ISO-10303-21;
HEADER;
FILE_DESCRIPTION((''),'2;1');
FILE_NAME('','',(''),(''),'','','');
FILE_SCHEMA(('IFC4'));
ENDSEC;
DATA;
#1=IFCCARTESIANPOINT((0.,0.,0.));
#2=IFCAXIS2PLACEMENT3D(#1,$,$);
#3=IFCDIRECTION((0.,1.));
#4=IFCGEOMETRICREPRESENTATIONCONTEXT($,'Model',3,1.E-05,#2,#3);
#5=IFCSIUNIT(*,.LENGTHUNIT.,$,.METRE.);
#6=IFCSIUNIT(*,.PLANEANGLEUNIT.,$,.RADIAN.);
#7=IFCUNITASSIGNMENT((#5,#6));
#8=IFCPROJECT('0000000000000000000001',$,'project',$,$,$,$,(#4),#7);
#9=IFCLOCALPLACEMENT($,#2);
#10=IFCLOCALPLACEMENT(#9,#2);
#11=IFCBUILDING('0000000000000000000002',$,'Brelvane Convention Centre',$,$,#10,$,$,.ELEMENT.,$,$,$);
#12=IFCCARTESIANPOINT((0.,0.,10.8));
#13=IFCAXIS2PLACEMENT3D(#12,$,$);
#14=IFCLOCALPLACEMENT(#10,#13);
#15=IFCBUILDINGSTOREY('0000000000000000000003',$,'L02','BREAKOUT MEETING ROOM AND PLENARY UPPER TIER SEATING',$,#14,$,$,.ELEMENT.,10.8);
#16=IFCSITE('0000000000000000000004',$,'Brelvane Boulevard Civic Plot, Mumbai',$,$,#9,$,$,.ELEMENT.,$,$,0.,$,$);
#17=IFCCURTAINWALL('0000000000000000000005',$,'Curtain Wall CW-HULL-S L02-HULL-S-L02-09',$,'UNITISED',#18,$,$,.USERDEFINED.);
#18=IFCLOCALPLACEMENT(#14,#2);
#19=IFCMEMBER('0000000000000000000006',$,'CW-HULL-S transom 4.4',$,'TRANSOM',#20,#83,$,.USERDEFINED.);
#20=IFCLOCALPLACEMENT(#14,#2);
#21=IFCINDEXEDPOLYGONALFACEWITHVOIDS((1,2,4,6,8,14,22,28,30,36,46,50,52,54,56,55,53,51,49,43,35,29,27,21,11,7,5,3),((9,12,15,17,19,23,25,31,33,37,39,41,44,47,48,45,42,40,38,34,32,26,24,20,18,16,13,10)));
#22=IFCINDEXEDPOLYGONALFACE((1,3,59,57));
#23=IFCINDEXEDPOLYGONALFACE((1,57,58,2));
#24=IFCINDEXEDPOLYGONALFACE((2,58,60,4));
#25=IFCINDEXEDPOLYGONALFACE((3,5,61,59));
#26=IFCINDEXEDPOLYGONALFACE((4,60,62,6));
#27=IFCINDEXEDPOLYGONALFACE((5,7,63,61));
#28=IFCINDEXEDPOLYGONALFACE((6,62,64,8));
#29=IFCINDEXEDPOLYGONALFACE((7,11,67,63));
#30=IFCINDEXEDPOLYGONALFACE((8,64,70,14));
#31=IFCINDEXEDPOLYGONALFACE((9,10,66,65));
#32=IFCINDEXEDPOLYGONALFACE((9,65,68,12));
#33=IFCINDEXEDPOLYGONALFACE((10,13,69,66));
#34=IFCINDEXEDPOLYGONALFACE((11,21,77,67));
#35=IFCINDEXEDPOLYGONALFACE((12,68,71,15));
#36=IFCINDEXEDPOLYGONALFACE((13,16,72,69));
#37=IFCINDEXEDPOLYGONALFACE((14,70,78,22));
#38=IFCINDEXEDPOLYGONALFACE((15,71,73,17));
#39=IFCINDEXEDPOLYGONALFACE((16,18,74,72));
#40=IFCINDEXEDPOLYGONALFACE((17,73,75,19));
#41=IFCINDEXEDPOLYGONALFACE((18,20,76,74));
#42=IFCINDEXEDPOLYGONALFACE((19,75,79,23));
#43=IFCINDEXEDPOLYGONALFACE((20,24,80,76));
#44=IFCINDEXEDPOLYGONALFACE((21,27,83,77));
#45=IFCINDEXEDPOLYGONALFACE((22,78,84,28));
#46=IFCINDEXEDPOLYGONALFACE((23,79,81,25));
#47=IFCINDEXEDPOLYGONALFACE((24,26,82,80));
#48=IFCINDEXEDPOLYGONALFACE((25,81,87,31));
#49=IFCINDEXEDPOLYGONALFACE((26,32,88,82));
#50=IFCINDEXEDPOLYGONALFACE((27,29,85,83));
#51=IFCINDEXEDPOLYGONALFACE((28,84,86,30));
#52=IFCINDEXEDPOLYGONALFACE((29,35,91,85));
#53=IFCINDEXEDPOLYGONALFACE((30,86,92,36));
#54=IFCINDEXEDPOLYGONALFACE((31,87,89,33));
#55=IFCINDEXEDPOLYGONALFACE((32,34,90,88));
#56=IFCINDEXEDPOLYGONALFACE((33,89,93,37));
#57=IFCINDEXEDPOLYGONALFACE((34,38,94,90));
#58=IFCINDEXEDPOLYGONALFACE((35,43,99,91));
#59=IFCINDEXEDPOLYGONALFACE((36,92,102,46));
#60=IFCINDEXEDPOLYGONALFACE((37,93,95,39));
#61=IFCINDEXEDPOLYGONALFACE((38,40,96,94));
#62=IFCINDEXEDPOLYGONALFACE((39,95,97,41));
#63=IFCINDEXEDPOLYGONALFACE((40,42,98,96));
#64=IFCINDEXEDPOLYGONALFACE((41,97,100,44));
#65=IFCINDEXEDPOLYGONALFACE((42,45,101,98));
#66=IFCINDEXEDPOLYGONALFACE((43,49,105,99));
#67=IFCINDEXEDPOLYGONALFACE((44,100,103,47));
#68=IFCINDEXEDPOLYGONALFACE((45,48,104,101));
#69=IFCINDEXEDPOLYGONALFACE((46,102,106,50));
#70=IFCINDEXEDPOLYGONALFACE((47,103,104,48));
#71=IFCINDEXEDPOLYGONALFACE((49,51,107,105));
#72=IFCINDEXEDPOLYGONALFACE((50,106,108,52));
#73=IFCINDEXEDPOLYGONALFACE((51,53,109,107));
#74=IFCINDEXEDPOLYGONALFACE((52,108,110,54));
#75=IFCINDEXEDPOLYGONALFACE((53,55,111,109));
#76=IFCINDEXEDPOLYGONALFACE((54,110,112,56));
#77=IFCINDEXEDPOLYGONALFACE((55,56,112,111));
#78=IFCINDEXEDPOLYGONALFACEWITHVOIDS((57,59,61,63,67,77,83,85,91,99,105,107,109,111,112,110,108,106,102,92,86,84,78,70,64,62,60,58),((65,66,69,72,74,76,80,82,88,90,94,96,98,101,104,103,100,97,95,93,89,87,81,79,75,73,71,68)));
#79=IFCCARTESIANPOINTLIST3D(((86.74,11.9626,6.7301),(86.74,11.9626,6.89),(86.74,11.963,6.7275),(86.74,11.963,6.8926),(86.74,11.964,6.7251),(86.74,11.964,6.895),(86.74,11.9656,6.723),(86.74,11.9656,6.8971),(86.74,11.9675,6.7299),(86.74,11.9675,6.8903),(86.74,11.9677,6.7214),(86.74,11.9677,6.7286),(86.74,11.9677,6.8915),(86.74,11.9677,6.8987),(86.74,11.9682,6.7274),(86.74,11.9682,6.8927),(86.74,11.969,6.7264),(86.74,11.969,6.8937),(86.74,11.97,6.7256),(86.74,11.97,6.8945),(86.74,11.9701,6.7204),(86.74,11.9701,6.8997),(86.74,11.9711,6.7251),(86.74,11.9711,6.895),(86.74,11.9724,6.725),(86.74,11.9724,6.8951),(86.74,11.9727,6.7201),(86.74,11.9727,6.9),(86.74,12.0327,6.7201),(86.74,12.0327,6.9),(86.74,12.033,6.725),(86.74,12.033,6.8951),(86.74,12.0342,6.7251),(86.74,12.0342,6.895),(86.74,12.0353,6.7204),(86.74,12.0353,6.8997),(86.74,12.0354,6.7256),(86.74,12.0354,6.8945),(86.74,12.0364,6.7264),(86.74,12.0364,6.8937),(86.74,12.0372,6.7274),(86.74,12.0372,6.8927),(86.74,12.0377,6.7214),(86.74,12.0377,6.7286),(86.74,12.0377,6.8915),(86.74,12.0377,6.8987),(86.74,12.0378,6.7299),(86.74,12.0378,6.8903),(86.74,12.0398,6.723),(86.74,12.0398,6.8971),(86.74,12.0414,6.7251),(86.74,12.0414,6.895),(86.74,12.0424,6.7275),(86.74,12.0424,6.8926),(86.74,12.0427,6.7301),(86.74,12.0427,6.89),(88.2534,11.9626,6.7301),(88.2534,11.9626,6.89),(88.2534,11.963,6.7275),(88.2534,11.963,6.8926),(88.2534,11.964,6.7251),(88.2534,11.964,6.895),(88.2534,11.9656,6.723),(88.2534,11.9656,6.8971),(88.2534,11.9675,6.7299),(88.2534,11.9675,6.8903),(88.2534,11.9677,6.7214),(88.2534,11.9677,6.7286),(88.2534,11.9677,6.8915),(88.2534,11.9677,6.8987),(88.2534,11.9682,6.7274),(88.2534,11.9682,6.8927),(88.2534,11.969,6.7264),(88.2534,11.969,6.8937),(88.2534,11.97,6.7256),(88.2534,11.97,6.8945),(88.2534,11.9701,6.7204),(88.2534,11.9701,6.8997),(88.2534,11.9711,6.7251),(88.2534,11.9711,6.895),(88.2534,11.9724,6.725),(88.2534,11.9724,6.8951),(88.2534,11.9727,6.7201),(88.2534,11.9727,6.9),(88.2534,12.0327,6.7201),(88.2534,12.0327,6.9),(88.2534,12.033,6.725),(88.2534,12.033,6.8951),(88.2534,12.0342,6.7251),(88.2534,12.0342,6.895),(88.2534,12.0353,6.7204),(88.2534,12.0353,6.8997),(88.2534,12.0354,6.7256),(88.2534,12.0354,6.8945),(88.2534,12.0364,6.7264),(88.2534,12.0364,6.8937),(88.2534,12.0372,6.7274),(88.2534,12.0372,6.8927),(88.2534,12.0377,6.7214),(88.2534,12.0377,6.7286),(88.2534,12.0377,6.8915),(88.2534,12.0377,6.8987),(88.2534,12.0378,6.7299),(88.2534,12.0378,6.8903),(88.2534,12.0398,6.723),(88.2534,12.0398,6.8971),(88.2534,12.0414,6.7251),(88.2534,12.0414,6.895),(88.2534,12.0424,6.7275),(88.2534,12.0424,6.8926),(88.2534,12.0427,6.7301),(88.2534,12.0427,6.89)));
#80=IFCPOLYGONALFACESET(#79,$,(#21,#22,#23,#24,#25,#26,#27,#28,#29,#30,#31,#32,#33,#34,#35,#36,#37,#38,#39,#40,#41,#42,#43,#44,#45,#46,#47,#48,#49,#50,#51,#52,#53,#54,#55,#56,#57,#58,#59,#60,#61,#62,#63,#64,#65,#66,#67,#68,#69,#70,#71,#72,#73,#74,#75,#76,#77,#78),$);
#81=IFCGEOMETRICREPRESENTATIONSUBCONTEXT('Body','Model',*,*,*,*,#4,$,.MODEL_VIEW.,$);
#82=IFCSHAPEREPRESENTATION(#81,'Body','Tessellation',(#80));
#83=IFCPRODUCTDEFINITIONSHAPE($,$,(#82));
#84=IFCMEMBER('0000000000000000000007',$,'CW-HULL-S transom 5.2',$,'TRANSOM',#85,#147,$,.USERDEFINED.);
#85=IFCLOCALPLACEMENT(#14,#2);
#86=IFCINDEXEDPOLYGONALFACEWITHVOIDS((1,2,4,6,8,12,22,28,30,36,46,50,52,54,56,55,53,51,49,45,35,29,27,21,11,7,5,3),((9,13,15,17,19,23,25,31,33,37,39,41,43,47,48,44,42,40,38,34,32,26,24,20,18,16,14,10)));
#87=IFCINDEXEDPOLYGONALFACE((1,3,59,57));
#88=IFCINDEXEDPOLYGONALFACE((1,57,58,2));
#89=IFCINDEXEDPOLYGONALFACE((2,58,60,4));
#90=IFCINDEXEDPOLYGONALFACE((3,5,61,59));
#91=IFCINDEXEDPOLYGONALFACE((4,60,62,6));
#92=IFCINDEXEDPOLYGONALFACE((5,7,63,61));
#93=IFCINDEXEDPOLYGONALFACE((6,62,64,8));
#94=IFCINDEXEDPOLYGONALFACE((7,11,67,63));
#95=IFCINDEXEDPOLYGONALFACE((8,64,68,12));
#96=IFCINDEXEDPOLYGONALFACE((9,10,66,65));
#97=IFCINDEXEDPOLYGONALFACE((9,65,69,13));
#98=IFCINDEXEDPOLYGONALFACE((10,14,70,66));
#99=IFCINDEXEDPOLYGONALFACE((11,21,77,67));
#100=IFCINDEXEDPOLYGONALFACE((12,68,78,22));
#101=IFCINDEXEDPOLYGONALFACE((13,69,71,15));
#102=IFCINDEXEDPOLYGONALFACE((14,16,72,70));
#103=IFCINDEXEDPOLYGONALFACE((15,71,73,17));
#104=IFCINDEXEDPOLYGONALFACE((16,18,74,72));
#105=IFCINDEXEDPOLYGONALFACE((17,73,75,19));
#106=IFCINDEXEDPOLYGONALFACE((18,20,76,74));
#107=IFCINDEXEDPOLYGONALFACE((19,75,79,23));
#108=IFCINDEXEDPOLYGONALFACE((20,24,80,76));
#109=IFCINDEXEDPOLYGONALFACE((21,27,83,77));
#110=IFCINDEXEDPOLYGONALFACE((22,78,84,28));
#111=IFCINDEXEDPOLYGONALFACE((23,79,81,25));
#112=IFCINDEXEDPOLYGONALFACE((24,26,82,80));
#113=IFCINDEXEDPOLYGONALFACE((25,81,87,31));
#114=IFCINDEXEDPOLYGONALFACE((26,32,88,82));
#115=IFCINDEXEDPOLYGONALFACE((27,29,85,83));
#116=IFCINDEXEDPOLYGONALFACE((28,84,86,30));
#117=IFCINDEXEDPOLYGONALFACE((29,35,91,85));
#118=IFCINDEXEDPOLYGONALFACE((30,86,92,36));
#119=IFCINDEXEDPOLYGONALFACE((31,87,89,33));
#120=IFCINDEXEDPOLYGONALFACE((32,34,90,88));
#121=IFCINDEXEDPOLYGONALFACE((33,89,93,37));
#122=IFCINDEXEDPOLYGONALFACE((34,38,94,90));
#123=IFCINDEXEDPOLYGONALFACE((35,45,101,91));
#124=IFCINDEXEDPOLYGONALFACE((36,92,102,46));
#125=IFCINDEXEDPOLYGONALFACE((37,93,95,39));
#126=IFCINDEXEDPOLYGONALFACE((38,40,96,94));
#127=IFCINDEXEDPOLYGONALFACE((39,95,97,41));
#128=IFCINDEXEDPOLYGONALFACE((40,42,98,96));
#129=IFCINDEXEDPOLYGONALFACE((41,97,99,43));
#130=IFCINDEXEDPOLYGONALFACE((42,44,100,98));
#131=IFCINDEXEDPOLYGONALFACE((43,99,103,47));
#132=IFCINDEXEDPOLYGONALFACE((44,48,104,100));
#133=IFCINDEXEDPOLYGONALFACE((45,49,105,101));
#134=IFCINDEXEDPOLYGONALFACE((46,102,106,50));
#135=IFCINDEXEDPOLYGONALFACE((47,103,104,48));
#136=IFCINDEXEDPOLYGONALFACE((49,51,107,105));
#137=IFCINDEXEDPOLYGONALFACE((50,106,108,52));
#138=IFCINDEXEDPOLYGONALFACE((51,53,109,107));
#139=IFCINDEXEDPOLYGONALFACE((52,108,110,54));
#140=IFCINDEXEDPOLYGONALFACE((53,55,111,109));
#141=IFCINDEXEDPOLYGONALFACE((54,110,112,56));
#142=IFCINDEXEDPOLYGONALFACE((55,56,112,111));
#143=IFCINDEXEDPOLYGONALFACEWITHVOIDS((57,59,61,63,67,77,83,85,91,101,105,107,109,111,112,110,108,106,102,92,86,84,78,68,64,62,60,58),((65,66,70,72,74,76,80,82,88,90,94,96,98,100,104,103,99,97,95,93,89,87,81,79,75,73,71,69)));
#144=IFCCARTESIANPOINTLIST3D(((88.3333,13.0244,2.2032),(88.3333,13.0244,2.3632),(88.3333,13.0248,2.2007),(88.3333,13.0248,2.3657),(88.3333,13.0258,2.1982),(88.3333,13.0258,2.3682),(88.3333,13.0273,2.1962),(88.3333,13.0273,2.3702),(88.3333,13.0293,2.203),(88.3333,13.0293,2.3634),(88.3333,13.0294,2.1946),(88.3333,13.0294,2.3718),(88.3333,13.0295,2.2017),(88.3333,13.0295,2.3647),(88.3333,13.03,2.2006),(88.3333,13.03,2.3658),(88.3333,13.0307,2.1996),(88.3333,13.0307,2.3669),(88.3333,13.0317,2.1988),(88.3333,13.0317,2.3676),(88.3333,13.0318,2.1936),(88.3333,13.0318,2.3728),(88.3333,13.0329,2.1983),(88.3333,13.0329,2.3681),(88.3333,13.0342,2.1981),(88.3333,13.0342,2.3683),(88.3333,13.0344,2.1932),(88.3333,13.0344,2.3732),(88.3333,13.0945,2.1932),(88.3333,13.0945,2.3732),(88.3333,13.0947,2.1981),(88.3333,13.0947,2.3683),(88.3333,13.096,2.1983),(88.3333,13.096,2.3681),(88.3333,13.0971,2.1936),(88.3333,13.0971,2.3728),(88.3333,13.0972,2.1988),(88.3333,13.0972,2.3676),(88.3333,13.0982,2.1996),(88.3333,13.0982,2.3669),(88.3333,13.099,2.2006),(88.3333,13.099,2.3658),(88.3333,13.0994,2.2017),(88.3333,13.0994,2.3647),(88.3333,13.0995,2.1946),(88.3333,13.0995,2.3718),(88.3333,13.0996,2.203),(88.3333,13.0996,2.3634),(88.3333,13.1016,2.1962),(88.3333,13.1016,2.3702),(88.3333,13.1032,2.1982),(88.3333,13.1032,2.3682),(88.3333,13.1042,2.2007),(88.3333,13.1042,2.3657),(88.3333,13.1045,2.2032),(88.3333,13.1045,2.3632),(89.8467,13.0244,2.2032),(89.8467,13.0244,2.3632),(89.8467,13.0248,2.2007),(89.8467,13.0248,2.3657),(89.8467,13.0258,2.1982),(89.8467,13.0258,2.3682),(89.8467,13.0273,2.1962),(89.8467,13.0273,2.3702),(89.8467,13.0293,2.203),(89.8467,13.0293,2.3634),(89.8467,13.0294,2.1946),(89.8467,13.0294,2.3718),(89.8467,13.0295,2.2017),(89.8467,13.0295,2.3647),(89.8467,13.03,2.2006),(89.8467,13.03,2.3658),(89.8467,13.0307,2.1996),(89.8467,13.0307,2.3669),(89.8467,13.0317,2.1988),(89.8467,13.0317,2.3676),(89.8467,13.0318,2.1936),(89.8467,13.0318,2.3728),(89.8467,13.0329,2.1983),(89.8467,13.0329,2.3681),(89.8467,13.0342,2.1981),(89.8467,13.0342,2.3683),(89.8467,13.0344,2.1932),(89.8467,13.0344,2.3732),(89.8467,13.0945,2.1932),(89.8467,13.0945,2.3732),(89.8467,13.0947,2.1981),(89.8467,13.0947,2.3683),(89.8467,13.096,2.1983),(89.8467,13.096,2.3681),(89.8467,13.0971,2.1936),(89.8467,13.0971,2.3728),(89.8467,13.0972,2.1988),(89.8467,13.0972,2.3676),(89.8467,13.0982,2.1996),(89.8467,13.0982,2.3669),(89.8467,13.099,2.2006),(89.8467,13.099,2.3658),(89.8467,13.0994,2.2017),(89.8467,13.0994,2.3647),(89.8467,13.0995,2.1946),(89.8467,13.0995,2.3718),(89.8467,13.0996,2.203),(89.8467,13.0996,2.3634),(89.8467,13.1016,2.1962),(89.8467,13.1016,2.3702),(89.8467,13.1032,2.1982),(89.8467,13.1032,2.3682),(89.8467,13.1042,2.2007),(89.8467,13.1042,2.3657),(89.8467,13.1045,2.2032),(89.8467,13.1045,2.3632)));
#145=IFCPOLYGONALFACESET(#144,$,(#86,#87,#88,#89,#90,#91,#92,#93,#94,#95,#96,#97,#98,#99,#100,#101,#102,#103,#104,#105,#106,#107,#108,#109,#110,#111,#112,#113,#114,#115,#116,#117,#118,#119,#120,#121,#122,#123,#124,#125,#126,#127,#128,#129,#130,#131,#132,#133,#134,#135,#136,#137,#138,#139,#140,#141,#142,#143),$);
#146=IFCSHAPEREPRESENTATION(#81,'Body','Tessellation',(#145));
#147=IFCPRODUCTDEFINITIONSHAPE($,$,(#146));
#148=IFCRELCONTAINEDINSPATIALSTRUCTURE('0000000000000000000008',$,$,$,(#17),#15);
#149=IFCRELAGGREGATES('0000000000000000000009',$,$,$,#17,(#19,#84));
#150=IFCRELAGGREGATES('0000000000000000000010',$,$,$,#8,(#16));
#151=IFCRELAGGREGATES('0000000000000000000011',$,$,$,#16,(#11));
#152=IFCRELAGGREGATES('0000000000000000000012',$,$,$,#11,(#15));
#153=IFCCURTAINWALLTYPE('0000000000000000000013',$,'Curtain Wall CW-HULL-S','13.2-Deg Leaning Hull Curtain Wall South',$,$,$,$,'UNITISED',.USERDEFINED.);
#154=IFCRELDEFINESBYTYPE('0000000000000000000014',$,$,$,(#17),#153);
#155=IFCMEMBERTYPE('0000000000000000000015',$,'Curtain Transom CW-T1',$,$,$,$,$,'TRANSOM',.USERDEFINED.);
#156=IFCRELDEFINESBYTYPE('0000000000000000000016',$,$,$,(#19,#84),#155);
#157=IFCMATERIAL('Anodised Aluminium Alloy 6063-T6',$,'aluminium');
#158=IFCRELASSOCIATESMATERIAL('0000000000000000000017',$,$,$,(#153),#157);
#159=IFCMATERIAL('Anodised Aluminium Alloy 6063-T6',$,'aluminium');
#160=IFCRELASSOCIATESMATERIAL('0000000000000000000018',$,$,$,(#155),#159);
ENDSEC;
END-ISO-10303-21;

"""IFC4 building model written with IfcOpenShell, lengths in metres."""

from ifc_helpers import new_model, si_unit, direction, frame, origin, origin_2d, place, context, subcontext, project, spatial, hollow_rectangle, extrude, material, material_profile, profile_set, type_object, element, aggregate, save


model = new_model("IFC4")

# Units and contexts
model_context = context("Model", 3, precision=1e-05, world=origin(), true_north=direction((0.0, 1.0)))
body_context = subcontext(model_context, "Body", "Model", "MODEL_VIEW")
ifc_project = project(units=[si_unit("LENGTHUNIT", "METRE"), si_unit("PLANEANGLEUNIT", "RADIAN")], contexts=[model_context])

# Site, building, storey
site_placement = place(None, origin())
site = spatial("IfcSite", under=ifc_project, at=site_placement, Name="Brelvane Boulevard Civic Plot, Mumbai", CompositionType="ELEMENT", RefElevation=0.0)
building_placement = place(site_placement, origin())
building = spatial("IfcBuilding", under=site, at=building_placement, Name="Brelvane Convention Centre", CompositionType="ELEMENT")
storey_placement = place(building_placement, frame((0.0, 0.0, 10.8)))
storey = spatial("IfcBuildingStorey", under=building, at=storey_placement, Name="L02", Description="BREAKOUT MEETING ROOM AND PLENARY UPPER TIER SEATING", CompositionType="ELEMENT", Elevation=10.8)

# Curtain wall, members
ifc_material_1 = material(Name="Anodised Aluminium Alloy 6063-T6", Category="aluminium")
curtain_wall_type = type_object("IfcCurtainWallType", Name="Curtain Wall CW-HULL-S", Description="13.2-Deg Leaning Hull Curtain Wall South", ElementType="UNITISED", PredefinedType="USERDEFINED", material=ifc_material_1)
curtain_wall_1_placement = place(storey_placement, origin())
curtain_wall_1 = element("IfcCurtainWall", 1, at=curtain_wall_1_placement, inside=storey, type_object=curtain_wall_type, Name="Curtain Wall CW-HULL-S L02-HULL-S-L02-09", ObjectType="UNITISED", PredefinedType="USERDEFINED")
ifc_material_2 = material(Name="Anodised Aluminium Alloy 6063-T6", Category="aluminium")
ifc_material_profile = material_profile(ifc_material_2, hollow_rectangle(XDim=0.0801, YDim=0.1799, WallThickness=0.0049, InnerFilletRadius=0.0049, OuterFilletRadius=0.01, at=origin_2d()), Name="ALU-T 180x80x5.0")
ifc_profile_set = profile_set([ifc_material_profile], Name="Anodised Aluminium Alloy 6063-T6")
member_type = type_object("IfcMemberType", Name="Curtain Transom CW-T1", ElementType="TRANSOM", PredefinedType="USERDEFINED", material=ifc_profile_set)
member_1_placement = place(storey_placement, frame((86.74, 12.0027, 6.8101), z_axis=(1.0, 0.0, 0.0), x_axis=(0.0, 1.0, 0.0)))
member_1 = element("IfcMember", 2, at=member_1_placement, type_object=member_type, Name="CW-HULL-S transom 4.4", ObjectType="TRANSOM", PredefinedType="USERDEFINED", context=body_context, shape_type="SweptSolid", body=[
    extrude(hollow_rectangle(XDim=0.0801, YDim=0.1799, WallThickness=0.0049, InnerFilletRadius=0.0049, OuterFilletRadius=0.01, at=origin_2d()), origin(), (0.0, 0.0, 1.0), 1.5134),
])
member_2_placement = place(storey_placement, frame((88.3333, 13.0645, 2.2832), z_axis=(1.0, 0.0, 0.0), x_axis=(0.0, 1.0, 0.0)))
member_2 = element("IfcMember", 3, at=member_2_placement, type_object=member_type, Name="CW-HULL-S transom 5.2", ObjectType="TRANSOM", PredefinedType="USERDEFINED", context=body_context, shape_type="SweptSolid", body=[
    extrude(hollow_rectangle(XDim=0.0801, YDim=0.1799, WallThickness=0.0049, InnerFilletRadius=0.0049, OuterFilletRadius=0.01, at=origin_2d()), origin(), (0.0, 0.0, 1.0), 1.5134),
])

aggregate(curtain_wall_1, [member_1, member_2])

save(model, "model.ifc")
